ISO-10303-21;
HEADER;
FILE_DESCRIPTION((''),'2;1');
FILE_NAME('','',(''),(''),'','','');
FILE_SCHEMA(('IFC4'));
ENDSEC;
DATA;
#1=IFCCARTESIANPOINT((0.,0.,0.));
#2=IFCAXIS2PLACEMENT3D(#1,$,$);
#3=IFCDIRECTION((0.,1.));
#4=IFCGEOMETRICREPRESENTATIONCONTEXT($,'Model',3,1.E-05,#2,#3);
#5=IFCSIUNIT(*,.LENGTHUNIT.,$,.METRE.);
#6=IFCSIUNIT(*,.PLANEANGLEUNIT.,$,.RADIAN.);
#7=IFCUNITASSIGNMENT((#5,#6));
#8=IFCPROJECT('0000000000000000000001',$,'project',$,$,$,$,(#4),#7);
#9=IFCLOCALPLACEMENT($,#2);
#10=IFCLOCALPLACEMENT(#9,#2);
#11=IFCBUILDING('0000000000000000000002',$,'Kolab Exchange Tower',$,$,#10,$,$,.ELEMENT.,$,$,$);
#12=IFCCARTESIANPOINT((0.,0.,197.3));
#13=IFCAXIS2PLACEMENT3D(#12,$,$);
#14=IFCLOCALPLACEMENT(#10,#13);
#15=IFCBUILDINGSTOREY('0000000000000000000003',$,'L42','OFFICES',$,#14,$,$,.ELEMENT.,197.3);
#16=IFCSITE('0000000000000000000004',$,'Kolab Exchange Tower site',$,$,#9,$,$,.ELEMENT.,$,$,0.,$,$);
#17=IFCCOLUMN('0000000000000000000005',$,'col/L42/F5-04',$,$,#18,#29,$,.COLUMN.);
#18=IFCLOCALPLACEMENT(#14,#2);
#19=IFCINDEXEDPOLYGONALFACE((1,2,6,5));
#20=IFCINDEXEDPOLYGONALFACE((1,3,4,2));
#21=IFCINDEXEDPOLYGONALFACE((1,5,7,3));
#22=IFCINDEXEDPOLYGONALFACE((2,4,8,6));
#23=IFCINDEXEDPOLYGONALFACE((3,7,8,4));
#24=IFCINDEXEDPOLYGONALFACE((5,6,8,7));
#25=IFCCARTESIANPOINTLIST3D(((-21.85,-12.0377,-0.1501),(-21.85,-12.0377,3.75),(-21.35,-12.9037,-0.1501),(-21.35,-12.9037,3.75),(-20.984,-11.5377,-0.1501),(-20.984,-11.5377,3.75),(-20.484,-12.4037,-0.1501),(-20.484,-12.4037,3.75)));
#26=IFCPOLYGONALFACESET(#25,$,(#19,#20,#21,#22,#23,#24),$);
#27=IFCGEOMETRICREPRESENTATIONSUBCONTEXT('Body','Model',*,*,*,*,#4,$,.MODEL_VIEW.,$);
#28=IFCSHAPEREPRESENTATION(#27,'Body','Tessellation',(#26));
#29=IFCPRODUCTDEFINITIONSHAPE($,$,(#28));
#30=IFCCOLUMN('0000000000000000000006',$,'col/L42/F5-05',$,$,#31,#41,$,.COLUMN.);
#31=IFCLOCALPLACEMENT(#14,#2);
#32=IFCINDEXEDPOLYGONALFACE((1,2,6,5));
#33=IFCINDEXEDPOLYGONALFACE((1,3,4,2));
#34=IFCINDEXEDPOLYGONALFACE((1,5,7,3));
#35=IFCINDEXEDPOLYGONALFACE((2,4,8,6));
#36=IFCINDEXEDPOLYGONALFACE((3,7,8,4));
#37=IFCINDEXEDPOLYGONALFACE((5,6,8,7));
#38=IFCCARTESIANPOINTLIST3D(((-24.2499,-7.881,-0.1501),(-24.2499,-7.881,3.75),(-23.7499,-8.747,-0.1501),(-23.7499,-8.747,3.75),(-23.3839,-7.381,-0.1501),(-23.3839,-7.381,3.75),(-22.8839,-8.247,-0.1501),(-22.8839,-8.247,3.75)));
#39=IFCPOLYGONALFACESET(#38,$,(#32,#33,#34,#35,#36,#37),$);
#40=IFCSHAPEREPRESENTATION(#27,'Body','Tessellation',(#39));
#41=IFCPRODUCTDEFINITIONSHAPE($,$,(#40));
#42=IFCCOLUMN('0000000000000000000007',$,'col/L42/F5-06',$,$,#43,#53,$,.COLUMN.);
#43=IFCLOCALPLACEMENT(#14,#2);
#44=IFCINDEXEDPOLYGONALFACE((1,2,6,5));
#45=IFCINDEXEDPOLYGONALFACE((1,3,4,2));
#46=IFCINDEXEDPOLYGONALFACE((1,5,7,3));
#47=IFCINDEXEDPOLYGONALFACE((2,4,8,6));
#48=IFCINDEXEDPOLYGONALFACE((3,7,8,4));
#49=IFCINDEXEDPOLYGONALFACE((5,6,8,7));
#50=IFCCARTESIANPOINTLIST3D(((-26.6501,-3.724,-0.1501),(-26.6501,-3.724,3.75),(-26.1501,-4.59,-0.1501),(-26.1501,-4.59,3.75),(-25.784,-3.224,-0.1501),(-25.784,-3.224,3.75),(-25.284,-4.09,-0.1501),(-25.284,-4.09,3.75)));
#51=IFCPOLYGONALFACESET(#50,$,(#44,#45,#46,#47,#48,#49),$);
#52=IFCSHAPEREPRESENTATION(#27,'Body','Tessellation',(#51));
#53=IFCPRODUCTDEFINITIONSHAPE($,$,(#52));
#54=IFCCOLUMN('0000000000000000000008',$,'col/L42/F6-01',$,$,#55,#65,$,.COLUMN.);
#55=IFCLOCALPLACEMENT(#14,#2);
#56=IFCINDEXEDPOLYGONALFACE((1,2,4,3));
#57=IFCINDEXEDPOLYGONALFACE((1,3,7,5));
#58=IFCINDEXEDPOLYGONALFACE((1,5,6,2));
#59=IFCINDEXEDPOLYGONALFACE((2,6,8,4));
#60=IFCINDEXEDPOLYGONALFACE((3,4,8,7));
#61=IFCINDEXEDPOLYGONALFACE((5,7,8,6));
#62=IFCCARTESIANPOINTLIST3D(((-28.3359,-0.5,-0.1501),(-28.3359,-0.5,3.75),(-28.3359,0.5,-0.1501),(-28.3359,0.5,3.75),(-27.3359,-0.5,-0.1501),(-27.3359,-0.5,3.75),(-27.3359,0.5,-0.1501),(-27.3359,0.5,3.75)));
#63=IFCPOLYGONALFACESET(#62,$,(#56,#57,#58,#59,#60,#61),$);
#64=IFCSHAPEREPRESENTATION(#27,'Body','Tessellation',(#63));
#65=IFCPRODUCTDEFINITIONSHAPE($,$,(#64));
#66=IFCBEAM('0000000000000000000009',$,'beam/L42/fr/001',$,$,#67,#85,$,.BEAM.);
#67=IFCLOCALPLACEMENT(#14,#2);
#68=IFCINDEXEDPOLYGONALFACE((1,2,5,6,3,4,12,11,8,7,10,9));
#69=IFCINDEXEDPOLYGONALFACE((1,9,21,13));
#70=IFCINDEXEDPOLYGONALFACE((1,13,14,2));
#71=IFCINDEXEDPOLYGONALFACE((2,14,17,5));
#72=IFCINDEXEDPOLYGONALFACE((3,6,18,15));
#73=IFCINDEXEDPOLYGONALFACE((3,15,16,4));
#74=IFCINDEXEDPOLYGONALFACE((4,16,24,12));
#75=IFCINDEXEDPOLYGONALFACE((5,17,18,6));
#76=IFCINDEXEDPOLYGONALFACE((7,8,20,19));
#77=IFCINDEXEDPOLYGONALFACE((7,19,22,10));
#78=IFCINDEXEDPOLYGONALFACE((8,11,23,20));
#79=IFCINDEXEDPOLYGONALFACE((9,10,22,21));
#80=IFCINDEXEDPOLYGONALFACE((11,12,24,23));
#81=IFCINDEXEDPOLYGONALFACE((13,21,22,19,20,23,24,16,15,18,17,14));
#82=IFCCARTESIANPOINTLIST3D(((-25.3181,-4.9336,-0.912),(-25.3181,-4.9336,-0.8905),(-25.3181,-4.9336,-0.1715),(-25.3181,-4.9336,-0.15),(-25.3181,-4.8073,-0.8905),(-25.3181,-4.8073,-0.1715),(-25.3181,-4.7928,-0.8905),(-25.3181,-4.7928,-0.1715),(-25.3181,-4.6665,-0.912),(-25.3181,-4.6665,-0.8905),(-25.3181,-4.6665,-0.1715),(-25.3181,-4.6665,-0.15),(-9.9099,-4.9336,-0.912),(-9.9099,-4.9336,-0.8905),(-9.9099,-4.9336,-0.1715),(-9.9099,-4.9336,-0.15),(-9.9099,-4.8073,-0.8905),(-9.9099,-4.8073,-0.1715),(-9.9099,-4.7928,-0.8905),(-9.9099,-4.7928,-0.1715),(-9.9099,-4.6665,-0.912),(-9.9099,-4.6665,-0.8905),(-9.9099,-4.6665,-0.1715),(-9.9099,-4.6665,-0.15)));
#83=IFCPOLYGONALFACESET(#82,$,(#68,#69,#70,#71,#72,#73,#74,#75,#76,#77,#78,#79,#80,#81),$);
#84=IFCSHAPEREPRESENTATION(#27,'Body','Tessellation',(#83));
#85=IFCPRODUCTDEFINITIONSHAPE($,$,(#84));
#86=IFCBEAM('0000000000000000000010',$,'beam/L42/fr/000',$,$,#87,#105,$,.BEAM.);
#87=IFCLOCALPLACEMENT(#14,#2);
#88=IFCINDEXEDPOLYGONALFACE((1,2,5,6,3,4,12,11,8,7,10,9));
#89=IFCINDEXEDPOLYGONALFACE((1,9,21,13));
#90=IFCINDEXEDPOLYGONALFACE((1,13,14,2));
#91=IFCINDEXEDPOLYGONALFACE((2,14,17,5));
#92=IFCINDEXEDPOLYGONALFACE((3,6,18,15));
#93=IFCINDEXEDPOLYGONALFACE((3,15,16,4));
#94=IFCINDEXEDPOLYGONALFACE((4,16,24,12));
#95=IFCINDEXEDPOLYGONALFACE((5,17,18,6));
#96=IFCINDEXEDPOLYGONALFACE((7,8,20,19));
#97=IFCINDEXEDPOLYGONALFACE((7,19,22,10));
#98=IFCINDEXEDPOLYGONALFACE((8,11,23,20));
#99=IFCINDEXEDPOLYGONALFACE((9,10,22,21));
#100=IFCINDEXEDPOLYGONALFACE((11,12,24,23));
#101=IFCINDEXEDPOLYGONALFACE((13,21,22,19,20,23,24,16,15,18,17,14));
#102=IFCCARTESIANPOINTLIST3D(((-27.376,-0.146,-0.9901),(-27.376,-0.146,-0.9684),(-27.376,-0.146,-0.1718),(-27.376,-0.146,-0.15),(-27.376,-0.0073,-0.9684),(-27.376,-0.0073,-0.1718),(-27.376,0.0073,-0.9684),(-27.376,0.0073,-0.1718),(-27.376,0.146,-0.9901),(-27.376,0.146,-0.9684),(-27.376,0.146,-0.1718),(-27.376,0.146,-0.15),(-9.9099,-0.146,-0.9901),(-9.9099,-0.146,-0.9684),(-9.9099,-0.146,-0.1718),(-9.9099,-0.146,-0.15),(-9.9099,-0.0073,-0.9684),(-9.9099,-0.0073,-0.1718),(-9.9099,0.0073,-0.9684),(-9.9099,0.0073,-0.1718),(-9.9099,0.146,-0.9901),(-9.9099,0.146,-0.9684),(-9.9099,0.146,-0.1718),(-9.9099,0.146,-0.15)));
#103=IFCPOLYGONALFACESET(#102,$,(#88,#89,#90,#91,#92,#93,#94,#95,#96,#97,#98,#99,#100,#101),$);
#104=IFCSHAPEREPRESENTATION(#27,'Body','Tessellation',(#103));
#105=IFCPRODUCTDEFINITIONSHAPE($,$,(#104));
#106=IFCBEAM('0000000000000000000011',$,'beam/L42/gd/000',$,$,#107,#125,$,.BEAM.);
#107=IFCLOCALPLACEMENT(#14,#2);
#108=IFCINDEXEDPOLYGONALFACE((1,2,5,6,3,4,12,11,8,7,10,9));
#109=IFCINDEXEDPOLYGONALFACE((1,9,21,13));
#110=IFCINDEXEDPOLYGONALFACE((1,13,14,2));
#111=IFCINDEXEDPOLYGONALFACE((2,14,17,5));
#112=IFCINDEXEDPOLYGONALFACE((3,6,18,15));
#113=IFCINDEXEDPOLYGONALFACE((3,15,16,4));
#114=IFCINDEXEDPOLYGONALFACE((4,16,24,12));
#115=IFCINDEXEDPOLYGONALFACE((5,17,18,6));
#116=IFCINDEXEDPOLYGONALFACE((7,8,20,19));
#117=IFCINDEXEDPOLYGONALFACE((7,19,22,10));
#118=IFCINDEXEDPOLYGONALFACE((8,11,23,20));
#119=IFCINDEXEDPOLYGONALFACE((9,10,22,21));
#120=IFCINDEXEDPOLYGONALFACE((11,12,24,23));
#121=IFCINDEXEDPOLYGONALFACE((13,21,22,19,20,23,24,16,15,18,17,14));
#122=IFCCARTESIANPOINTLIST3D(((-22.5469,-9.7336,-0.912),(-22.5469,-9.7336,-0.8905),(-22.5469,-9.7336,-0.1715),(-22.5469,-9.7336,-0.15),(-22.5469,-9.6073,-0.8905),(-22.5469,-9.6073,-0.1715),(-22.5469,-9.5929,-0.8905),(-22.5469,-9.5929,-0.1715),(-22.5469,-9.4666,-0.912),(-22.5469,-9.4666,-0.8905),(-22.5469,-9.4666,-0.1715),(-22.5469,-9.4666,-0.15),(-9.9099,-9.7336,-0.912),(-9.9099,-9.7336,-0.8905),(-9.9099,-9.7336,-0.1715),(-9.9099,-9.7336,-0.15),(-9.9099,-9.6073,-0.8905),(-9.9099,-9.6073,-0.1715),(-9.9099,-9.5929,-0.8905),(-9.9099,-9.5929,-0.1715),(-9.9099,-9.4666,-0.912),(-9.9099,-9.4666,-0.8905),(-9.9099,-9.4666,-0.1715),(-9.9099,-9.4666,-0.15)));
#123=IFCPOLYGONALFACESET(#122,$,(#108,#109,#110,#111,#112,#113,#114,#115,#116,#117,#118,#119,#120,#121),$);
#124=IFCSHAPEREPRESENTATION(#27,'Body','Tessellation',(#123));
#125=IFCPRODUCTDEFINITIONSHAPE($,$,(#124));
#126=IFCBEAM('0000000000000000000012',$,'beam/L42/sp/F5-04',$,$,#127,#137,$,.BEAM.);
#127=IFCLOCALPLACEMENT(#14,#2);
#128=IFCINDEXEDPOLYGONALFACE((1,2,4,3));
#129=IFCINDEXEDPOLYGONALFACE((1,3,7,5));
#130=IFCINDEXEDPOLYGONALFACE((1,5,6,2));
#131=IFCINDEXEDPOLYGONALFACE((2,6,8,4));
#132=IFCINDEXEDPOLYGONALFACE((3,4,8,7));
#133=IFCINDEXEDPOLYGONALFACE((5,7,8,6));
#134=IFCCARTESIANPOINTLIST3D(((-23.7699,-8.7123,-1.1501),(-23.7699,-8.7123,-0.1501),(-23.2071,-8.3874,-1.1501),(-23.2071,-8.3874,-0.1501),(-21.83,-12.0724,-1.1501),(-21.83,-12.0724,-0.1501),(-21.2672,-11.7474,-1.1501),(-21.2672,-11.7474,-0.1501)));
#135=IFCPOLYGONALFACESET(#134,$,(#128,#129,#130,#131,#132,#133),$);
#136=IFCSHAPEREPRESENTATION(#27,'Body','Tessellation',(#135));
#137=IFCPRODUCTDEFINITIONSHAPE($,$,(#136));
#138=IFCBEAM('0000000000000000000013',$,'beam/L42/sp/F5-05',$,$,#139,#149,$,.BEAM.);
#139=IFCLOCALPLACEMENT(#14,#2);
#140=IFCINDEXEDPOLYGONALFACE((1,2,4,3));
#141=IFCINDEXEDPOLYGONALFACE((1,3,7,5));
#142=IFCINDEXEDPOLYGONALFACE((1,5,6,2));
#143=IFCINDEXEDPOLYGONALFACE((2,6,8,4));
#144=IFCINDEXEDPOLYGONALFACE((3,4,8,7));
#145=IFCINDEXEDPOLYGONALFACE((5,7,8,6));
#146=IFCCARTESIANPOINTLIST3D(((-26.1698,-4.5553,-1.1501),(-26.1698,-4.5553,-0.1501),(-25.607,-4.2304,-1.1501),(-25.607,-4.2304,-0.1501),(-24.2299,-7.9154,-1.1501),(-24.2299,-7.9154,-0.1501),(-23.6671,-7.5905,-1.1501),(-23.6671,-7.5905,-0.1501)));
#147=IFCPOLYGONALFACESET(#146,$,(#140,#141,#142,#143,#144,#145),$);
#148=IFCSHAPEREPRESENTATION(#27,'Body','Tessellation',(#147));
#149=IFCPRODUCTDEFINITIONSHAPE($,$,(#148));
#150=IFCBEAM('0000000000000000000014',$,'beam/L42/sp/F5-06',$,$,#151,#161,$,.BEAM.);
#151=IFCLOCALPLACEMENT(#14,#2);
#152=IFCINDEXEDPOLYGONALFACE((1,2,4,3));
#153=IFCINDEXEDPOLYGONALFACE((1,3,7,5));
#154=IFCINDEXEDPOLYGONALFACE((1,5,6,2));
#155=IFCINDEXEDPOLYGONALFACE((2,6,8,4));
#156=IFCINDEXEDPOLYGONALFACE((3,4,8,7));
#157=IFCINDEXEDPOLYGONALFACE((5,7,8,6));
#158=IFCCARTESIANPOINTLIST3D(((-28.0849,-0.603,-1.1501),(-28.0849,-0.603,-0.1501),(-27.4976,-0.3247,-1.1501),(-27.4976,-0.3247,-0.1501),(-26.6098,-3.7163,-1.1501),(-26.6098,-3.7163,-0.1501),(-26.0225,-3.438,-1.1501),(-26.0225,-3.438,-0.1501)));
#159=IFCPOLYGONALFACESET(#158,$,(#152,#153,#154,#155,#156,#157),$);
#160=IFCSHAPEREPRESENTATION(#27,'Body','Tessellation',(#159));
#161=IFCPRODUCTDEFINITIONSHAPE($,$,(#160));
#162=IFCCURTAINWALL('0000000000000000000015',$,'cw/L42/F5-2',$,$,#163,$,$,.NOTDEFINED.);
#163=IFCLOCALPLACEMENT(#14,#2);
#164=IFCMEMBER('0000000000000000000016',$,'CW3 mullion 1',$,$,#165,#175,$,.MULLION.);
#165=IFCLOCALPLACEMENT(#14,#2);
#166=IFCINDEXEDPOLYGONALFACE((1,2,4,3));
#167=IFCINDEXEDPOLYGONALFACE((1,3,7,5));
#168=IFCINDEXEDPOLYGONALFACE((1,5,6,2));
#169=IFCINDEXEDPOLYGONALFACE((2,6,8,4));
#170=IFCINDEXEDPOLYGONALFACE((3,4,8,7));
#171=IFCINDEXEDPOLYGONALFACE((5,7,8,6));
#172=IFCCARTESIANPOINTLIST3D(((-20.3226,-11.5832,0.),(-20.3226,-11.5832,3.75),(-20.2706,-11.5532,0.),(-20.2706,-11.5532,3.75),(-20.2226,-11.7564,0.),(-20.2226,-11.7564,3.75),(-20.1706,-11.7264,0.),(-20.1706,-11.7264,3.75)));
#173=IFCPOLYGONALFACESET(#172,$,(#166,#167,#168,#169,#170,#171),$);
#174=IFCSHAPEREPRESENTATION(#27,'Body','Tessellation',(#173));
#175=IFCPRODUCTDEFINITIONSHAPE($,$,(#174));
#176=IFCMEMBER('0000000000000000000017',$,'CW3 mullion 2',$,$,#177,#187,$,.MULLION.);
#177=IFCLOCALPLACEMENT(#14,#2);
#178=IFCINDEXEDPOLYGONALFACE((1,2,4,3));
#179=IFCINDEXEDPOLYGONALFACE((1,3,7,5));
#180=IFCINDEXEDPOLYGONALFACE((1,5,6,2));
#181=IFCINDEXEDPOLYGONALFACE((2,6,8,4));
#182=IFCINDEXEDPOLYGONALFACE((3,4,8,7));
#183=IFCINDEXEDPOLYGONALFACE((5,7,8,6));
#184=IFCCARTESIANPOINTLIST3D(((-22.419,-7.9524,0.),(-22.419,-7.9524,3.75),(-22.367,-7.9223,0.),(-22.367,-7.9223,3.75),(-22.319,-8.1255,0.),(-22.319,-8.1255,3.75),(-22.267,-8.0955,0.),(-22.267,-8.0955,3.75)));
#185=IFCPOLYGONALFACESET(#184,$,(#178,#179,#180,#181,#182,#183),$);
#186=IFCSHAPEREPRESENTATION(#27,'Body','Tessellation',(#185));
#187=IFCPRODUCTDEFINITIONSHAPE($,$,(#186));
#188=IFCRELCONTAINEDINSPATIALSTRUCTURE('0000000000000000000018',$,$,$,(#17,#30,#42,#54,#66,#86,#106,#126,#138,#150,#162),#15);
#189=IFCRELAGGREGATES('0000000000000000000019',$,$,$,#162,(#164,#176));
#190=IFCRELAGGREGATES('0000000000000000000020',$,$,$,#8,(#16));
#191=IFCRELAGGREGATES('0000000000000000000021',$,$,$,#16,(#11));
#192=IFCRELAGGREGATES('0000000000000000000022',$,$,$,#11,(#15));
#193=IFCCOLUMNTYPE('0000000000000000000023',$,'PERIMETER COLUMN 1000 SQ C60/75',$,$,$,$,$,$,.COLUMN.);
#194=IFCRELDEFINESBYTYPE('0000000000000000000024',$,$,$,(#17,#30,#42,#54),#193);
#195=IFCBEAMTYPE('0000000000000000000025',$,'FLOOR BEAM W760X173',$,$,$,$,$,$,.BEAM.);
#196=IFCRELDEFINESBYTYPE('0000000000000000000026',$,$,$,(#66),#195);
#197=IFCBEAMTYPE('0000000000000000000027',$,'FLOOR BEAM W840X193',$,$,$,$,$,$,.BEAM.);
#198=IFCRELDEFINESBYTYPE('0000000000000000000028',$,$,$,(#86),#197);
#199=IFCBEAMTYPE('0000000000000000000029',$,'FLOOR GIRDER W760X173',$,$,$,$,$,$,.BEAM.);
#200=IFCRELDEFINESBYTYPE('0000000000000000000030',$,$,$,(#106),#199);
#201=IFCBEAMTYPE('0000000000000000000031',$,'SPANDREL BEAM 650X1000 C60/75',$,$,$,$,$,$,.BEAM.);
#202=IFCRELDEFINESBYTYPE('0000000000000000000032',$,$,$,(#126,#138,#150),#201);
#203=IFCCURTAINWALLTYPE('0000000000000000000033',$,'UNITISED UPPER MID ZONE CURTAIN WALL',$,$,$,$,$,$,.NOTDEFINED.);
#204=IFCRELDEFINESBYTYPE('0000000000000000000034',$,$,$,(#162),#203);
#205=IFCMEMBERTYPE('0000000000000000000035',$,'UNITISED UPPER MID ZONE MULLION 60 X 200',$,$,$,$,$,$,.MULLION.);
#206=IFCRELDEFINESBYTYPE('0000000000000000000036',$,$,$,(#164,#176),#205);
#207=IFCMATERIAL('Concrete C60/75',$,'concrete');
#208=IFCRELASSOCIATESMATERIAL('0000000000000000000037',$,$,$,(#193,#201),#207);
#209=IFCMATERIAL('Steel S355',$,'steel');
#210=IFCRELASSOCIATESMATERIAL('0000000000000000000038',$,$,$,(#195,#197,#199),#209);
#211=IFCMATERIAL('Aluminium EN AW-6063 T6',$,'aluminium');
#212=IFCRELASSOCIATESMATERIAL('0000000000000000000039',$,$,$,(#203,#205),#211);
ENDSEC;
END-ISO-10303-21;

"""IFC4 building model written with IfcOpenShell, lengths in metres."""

from ifc_helpers import new_model, si_unit, direction, frame, origin, origin_2d, place, context, subcontext, project, spatial, rectangle, i_section, extrude, material, material_profile, profile_set, type_object, element, aggregate, save


model = new_model("IFC4")

# Units and contexts
model_context = context("Model", 3, precision=1e-05, world=origin(), true_north=direction((0.0, 1.0)))
body_context = subcontext(model_context, "Body", "Model", "MODEL_VIEW")
ifc_project = project(units=[si_unit("LENGTHUNIT", "METRE"), si_unit("PLANEANGLEUNIT", "RADIAN")], contexts=[model_context])

# Site, building, storey
site_placement = place(None, origin())
site = spatial("IfcSite", under=ifc_project, at=site_placement, Name="Kolab Exchange Tower site", CompositionType="ELEMENT", RefElevation=0.0)
building_placement = place(site_placement, origin())
building = spatial("IfcBuilding", under=site, at=building_placement, Name="Kolab Exchange Tower", CompositionType="ELEMENT")
storey_placement = place(building_placement, frame((0.0, 0.0, 197.3)))
storey = spatial("IfcBuildingStorey", under=building, at=storey_placement, Name="L42", Description="OFFICES", CompositionType="ELEMENT", Elevation=197.3)

# Columns
ifc_material_1 = material(Name="Concrete C60/75", Category="concrete")
ifc_material_profile_1 = material_profile(ifc_material_1, rectangle(XDim=1.0, YDim=1.0, at=origin_2d()), Name="RC1000")
ifc_profile_set_1 = profile_set([ifc_material_profile_1], Name="Concrete C60/75")
column_type = type_object("IfcColumnType", Name="PERIMETER COLUMN 1000 SQ C60/75", PredefinedType="COLUMN", material=ifc_profile_set_1)
for number, where, z_axis, x_axis, name in (
    (1, (-21.167, -12.2207, -0.1501), (0.0, 0.0, 1.0), (0.866025, 0.5, 0.0), "col/L42/F5-04"),
    (2, (-23.5669, -8.064, -0.1501), (0.0, 0.0, 1.0), (0.866025, 0.5, 0.0), "col/L42/F5-05"),
    (3, (-25.967, -3.907, -0.1501), (0.0, 0.0, 1.0), (0.866025, 0.5, 0.0), "col/L42/F5-06"),
    (4, (-27.8359, 0.0, -0.1501), (0.0, 0.0, 1.0), (1.0, 0.0, 0.0), "col/L42/F6-01"),
):
    element("IfcColumn", number, at=place(storey_placement, frame(where, z_axis=z_axis, x_axis=x_axis)), inside=storey, type_object=column_type, Name=name, PredefinedType="COLUMN", context=body_context, shape_type="SweptSolid", body=[
        extrude(rectangle(XDim=1.0, YDim=1.0, at=origin_2d()), origin(), (0.0, 0.0, 1.0), 3.9001),
    ])

# Beams
ifc_material_2 = material(Name="Steel S355", Category="steel")
ifc_material_profile_2 = material_profile(ifc_material_2, i_section(OverallWidth=0.2671, OverallDepth=0.762, WebThickness=0.0144, FlangeThickness=0.0215, at=origin_2d()), Name="W760X173")
ifc_profile_set_2 = profile_set([ifc_material_profile_2], Name="Steel S355")
beam_type_1 = type_object("IfcBeamType", Name="FLOOR BEAM W760X173", PredefinedType="BEAM", material=ifc_profile_set_2)
beam_1_placement = place(storey_placement, frame((-25.3181, -4.8, -0.531), z_axis=(1.0, 0.0, 0.0), x_axis=(0.0, 1.0, 0.0)))
element("IfcBeam", 5, at=beam_1_placement, inside=storey, type_object=beam_type_1, Name="beam/L42/fr/001", PredefinedType="BEAM", context=body_context, shape_type="SweptSolid", body=[
    extrude(i_section(OverallWidth=0.2671, OverallDepth=0.762, WebThickness=0.0144, FlangeThickness=0.0215, at=origin_2d()), origin(), (0.0, 0.0, 1.0), 15.4082),
])
ifc_material_profile_3 = material_profile(ifc_material_2, i_section(OverallWidth=0.292, OverallDepth=0.8401, WebThickness=0.0146, FlangeThickness=0.0217, at=origin_2d()), Name="W840X193")
ifc_profile_set_3 = profile_set([ifc_material_profile_3], Name="Steel S355")
beam_type_2 = type_object("IfcBeamType", Name="FLOOR BEAM W840X193", PredefinedType="BEAM", material=ifc_profile_set_3)
beam_2_placement = place(storey_placement, frame((-27.376, 0.0, -0.5701), z_axis=(1.0, 0.0, 0.0), x_axis=(0.0, 1.0, 0.0)))
element("IfcBeam", 6, at=beam_2_placement, inside=storey, type_object=beam_type_2, Name="beam/L42/fr/000", PredefinedType="BEAM", context=body_context, shape_type="SweptSolid", body=[
    extrude(i_section(OverallWidth=0.292, OverallDepth=0.8401, WebThickness=0.0146, FlangeThickness=0.0217, at=origin_2d()), origin(), (0.0, 0.0, 1.0), 17.4661),
])
ifc_material_profile_4 = material_profile(ifc_material_2, i_section(OverallWidth=0.2671, OverallDepth=0.762, WebThickness=0.0144, FlangeThickness=0.0215, at=origin_2d()), Name="W760X173")
ifc_profile_set_4 = profile_set([ifc_material_profile_4], Name="Steel S355")
beam_type_3 = type_object("IfcBeamType", Name="FLOOR GIRDER W760X173", PredefinedType="BEAM", material=ifc_profile_set_4)
beam_3_placement = place(storey_placement, frame((-22.5469, -9.6001, -0.531), z_axis=(1.0, 0.0, 0.0), x_axis=(0.0, 1.0, 0.0)))
element("IfcBeam", 7, at=beam_3_placement, inside=storey, type_object=beam_type_3, Name="beam/L42/gd/000", PredefinedType="BEAM", context=body_context, shape_type="SweptSolid", body=[
    extrude(i_section(OverallWidth=0.2671, OverallDepth=0.762, WebThickness=0.0144, FlangeThickness=0.0215, at=origin_2d()), origin(), (0.0, 0.0, 1.0), 12.637),
])
ifc_material_profile_5 = material_profile(ifc_material_1, rectangle(XDim=0.6499, YDim=1.0, at=origin_2d()), Name="RC650X1000")
ifc_profile_set_5 = profile_set([ifc_material_profile_5], Name="Concrete C60/75")
beam_type_4 = type_object("IfcBeamType", Name="SPANDREL BEAM 650X1000 C60/75", PredefinedType="BEAM", material=ifc_profile_set_5)
for number, where, z_axis, x_axis, name in (
    (8, (-21.5486, -11.9099, -0.6501), (-0.499997, 0.866027, 0.0), (-0.866027, -0.499997, 0.0), "beam/L42/sp/F5-04"),
    (9, (-23.9485, -7.7529, -0.6501), (-0.499997, 0.866027, 0.0), (-0.866027, -0.499997, 0.0), "beam/L42/sp/F5-05"),
):
    element("IfcBeam", number, at=place(storey_placement, frame(where, z_axis=z_axis, x_axis=x_axis)), inside=storey, type_object=beam_type_4, Name=name, PredefinedType="BEAM", context=body_context, shape_type="SweptSolid", body=[
        extrude(rectangle(XDim=0.6499, YDim=1.0, at=origin_2d()), origin(), (0.0, 0.0, 1.0), 3.8799),
    ])
beam_4_placement = place(storey_placement, frame((-26.3162, -3.5771, -0.6501), z_axis=(-0.428178, 0.903695, 0.0), x_axis=(-0.903695, -0.428178, 0.0)))
element("IfcBeam", 10, at=beam_4_placement, inside=storey, type_object=beam_type_4, Name="beam/L42/sp/F5-06", PredefinedType="BEAM", context=body_context, shape_type="SweptSolid", body=[
    extrude(rectangle(XDim=0.6499, YDim=1.0, at=origin_2d()), origin(), (0.0, 0.0, 1.0), 3.4451),
])

# Curtain wall, members
ifc_material_3 = material(Name="Aluminium EN AW-6063 T6", Category="aluminium")
curtain_wall_type = type_object("IfcCurtainWallType", Name="UNITISED UPPER MID ZONE CURTAIN WALL", PredefinedType="NOTDEFINED", material=ifc_material_3)
curtain_wall_1_placement = place(storey_placement, origin())
curtain_wall_1 = element("IfcCurtainWall", 11, at=curtain_wall_1_placement, inside=storey, type_object=curtain_wall_type, Name="cw/L42/F5-2", PredefinedType="NOTDEFINED")
ifc_material_profile_6 = material_profile(ifc_material_3, rectangle(XDim=0.0601, YDim=0.2, at=origin_2d()), Name="RECT 60X200")
ifc_profile_set_6 = profile_set([ifc_material_profile_6], Name="Aluminium EN AW-6063 T6")
member_type_1 = type_object("IfcMemberType", Name="UNITISED UPPER MID ZONE MULLION 60 X 200", PredefinedType="MULLION", material=ifc_profile_set_6)
member_1_placement = place(storey_placement, frame((-20.2466, -11.6548, 0.0), z_axis=(0.0, 0.0, 1.0), x_axis=(-0.866025, -0.5, 0.0)))
member_1 = element("IfcMember", 12, at=member_1_placement, type_object=member_type_1, Name="CW3 mullion 1", PredefinedType="MULLION", context=body_context, shape_type="SweptSolid", body=[
    extrude(rectangle(XDim=0.0601, YDim=0.2, at=origin_2d()), origin(), (0.0, 0.0, 1.0), 3.75),
])
member_2_placement = place(storey_placement, frame((-22.343, -8.0239, 0.0), z_axis=(0.0, 0.0, 1.0), x_axis=(-0.866025, -0.5, 0.0)))
member_2 = element("IfcMember", 13, at=member_2_placement, type_object=member_type_1, Name="CW3 mullion 2", PredefinedType="MULLION", context=body_context, shape_type="SweptSolid", body=[
    extrude(rectangle(XDim=0.0601, YDim=0.2, at=origin_2d()), origin(), (0.0, 0.0, 1.0), 3.75),
])

aggregate(curtain_wall_1, [member_1, member_2])

save(model, "model.ifc")
